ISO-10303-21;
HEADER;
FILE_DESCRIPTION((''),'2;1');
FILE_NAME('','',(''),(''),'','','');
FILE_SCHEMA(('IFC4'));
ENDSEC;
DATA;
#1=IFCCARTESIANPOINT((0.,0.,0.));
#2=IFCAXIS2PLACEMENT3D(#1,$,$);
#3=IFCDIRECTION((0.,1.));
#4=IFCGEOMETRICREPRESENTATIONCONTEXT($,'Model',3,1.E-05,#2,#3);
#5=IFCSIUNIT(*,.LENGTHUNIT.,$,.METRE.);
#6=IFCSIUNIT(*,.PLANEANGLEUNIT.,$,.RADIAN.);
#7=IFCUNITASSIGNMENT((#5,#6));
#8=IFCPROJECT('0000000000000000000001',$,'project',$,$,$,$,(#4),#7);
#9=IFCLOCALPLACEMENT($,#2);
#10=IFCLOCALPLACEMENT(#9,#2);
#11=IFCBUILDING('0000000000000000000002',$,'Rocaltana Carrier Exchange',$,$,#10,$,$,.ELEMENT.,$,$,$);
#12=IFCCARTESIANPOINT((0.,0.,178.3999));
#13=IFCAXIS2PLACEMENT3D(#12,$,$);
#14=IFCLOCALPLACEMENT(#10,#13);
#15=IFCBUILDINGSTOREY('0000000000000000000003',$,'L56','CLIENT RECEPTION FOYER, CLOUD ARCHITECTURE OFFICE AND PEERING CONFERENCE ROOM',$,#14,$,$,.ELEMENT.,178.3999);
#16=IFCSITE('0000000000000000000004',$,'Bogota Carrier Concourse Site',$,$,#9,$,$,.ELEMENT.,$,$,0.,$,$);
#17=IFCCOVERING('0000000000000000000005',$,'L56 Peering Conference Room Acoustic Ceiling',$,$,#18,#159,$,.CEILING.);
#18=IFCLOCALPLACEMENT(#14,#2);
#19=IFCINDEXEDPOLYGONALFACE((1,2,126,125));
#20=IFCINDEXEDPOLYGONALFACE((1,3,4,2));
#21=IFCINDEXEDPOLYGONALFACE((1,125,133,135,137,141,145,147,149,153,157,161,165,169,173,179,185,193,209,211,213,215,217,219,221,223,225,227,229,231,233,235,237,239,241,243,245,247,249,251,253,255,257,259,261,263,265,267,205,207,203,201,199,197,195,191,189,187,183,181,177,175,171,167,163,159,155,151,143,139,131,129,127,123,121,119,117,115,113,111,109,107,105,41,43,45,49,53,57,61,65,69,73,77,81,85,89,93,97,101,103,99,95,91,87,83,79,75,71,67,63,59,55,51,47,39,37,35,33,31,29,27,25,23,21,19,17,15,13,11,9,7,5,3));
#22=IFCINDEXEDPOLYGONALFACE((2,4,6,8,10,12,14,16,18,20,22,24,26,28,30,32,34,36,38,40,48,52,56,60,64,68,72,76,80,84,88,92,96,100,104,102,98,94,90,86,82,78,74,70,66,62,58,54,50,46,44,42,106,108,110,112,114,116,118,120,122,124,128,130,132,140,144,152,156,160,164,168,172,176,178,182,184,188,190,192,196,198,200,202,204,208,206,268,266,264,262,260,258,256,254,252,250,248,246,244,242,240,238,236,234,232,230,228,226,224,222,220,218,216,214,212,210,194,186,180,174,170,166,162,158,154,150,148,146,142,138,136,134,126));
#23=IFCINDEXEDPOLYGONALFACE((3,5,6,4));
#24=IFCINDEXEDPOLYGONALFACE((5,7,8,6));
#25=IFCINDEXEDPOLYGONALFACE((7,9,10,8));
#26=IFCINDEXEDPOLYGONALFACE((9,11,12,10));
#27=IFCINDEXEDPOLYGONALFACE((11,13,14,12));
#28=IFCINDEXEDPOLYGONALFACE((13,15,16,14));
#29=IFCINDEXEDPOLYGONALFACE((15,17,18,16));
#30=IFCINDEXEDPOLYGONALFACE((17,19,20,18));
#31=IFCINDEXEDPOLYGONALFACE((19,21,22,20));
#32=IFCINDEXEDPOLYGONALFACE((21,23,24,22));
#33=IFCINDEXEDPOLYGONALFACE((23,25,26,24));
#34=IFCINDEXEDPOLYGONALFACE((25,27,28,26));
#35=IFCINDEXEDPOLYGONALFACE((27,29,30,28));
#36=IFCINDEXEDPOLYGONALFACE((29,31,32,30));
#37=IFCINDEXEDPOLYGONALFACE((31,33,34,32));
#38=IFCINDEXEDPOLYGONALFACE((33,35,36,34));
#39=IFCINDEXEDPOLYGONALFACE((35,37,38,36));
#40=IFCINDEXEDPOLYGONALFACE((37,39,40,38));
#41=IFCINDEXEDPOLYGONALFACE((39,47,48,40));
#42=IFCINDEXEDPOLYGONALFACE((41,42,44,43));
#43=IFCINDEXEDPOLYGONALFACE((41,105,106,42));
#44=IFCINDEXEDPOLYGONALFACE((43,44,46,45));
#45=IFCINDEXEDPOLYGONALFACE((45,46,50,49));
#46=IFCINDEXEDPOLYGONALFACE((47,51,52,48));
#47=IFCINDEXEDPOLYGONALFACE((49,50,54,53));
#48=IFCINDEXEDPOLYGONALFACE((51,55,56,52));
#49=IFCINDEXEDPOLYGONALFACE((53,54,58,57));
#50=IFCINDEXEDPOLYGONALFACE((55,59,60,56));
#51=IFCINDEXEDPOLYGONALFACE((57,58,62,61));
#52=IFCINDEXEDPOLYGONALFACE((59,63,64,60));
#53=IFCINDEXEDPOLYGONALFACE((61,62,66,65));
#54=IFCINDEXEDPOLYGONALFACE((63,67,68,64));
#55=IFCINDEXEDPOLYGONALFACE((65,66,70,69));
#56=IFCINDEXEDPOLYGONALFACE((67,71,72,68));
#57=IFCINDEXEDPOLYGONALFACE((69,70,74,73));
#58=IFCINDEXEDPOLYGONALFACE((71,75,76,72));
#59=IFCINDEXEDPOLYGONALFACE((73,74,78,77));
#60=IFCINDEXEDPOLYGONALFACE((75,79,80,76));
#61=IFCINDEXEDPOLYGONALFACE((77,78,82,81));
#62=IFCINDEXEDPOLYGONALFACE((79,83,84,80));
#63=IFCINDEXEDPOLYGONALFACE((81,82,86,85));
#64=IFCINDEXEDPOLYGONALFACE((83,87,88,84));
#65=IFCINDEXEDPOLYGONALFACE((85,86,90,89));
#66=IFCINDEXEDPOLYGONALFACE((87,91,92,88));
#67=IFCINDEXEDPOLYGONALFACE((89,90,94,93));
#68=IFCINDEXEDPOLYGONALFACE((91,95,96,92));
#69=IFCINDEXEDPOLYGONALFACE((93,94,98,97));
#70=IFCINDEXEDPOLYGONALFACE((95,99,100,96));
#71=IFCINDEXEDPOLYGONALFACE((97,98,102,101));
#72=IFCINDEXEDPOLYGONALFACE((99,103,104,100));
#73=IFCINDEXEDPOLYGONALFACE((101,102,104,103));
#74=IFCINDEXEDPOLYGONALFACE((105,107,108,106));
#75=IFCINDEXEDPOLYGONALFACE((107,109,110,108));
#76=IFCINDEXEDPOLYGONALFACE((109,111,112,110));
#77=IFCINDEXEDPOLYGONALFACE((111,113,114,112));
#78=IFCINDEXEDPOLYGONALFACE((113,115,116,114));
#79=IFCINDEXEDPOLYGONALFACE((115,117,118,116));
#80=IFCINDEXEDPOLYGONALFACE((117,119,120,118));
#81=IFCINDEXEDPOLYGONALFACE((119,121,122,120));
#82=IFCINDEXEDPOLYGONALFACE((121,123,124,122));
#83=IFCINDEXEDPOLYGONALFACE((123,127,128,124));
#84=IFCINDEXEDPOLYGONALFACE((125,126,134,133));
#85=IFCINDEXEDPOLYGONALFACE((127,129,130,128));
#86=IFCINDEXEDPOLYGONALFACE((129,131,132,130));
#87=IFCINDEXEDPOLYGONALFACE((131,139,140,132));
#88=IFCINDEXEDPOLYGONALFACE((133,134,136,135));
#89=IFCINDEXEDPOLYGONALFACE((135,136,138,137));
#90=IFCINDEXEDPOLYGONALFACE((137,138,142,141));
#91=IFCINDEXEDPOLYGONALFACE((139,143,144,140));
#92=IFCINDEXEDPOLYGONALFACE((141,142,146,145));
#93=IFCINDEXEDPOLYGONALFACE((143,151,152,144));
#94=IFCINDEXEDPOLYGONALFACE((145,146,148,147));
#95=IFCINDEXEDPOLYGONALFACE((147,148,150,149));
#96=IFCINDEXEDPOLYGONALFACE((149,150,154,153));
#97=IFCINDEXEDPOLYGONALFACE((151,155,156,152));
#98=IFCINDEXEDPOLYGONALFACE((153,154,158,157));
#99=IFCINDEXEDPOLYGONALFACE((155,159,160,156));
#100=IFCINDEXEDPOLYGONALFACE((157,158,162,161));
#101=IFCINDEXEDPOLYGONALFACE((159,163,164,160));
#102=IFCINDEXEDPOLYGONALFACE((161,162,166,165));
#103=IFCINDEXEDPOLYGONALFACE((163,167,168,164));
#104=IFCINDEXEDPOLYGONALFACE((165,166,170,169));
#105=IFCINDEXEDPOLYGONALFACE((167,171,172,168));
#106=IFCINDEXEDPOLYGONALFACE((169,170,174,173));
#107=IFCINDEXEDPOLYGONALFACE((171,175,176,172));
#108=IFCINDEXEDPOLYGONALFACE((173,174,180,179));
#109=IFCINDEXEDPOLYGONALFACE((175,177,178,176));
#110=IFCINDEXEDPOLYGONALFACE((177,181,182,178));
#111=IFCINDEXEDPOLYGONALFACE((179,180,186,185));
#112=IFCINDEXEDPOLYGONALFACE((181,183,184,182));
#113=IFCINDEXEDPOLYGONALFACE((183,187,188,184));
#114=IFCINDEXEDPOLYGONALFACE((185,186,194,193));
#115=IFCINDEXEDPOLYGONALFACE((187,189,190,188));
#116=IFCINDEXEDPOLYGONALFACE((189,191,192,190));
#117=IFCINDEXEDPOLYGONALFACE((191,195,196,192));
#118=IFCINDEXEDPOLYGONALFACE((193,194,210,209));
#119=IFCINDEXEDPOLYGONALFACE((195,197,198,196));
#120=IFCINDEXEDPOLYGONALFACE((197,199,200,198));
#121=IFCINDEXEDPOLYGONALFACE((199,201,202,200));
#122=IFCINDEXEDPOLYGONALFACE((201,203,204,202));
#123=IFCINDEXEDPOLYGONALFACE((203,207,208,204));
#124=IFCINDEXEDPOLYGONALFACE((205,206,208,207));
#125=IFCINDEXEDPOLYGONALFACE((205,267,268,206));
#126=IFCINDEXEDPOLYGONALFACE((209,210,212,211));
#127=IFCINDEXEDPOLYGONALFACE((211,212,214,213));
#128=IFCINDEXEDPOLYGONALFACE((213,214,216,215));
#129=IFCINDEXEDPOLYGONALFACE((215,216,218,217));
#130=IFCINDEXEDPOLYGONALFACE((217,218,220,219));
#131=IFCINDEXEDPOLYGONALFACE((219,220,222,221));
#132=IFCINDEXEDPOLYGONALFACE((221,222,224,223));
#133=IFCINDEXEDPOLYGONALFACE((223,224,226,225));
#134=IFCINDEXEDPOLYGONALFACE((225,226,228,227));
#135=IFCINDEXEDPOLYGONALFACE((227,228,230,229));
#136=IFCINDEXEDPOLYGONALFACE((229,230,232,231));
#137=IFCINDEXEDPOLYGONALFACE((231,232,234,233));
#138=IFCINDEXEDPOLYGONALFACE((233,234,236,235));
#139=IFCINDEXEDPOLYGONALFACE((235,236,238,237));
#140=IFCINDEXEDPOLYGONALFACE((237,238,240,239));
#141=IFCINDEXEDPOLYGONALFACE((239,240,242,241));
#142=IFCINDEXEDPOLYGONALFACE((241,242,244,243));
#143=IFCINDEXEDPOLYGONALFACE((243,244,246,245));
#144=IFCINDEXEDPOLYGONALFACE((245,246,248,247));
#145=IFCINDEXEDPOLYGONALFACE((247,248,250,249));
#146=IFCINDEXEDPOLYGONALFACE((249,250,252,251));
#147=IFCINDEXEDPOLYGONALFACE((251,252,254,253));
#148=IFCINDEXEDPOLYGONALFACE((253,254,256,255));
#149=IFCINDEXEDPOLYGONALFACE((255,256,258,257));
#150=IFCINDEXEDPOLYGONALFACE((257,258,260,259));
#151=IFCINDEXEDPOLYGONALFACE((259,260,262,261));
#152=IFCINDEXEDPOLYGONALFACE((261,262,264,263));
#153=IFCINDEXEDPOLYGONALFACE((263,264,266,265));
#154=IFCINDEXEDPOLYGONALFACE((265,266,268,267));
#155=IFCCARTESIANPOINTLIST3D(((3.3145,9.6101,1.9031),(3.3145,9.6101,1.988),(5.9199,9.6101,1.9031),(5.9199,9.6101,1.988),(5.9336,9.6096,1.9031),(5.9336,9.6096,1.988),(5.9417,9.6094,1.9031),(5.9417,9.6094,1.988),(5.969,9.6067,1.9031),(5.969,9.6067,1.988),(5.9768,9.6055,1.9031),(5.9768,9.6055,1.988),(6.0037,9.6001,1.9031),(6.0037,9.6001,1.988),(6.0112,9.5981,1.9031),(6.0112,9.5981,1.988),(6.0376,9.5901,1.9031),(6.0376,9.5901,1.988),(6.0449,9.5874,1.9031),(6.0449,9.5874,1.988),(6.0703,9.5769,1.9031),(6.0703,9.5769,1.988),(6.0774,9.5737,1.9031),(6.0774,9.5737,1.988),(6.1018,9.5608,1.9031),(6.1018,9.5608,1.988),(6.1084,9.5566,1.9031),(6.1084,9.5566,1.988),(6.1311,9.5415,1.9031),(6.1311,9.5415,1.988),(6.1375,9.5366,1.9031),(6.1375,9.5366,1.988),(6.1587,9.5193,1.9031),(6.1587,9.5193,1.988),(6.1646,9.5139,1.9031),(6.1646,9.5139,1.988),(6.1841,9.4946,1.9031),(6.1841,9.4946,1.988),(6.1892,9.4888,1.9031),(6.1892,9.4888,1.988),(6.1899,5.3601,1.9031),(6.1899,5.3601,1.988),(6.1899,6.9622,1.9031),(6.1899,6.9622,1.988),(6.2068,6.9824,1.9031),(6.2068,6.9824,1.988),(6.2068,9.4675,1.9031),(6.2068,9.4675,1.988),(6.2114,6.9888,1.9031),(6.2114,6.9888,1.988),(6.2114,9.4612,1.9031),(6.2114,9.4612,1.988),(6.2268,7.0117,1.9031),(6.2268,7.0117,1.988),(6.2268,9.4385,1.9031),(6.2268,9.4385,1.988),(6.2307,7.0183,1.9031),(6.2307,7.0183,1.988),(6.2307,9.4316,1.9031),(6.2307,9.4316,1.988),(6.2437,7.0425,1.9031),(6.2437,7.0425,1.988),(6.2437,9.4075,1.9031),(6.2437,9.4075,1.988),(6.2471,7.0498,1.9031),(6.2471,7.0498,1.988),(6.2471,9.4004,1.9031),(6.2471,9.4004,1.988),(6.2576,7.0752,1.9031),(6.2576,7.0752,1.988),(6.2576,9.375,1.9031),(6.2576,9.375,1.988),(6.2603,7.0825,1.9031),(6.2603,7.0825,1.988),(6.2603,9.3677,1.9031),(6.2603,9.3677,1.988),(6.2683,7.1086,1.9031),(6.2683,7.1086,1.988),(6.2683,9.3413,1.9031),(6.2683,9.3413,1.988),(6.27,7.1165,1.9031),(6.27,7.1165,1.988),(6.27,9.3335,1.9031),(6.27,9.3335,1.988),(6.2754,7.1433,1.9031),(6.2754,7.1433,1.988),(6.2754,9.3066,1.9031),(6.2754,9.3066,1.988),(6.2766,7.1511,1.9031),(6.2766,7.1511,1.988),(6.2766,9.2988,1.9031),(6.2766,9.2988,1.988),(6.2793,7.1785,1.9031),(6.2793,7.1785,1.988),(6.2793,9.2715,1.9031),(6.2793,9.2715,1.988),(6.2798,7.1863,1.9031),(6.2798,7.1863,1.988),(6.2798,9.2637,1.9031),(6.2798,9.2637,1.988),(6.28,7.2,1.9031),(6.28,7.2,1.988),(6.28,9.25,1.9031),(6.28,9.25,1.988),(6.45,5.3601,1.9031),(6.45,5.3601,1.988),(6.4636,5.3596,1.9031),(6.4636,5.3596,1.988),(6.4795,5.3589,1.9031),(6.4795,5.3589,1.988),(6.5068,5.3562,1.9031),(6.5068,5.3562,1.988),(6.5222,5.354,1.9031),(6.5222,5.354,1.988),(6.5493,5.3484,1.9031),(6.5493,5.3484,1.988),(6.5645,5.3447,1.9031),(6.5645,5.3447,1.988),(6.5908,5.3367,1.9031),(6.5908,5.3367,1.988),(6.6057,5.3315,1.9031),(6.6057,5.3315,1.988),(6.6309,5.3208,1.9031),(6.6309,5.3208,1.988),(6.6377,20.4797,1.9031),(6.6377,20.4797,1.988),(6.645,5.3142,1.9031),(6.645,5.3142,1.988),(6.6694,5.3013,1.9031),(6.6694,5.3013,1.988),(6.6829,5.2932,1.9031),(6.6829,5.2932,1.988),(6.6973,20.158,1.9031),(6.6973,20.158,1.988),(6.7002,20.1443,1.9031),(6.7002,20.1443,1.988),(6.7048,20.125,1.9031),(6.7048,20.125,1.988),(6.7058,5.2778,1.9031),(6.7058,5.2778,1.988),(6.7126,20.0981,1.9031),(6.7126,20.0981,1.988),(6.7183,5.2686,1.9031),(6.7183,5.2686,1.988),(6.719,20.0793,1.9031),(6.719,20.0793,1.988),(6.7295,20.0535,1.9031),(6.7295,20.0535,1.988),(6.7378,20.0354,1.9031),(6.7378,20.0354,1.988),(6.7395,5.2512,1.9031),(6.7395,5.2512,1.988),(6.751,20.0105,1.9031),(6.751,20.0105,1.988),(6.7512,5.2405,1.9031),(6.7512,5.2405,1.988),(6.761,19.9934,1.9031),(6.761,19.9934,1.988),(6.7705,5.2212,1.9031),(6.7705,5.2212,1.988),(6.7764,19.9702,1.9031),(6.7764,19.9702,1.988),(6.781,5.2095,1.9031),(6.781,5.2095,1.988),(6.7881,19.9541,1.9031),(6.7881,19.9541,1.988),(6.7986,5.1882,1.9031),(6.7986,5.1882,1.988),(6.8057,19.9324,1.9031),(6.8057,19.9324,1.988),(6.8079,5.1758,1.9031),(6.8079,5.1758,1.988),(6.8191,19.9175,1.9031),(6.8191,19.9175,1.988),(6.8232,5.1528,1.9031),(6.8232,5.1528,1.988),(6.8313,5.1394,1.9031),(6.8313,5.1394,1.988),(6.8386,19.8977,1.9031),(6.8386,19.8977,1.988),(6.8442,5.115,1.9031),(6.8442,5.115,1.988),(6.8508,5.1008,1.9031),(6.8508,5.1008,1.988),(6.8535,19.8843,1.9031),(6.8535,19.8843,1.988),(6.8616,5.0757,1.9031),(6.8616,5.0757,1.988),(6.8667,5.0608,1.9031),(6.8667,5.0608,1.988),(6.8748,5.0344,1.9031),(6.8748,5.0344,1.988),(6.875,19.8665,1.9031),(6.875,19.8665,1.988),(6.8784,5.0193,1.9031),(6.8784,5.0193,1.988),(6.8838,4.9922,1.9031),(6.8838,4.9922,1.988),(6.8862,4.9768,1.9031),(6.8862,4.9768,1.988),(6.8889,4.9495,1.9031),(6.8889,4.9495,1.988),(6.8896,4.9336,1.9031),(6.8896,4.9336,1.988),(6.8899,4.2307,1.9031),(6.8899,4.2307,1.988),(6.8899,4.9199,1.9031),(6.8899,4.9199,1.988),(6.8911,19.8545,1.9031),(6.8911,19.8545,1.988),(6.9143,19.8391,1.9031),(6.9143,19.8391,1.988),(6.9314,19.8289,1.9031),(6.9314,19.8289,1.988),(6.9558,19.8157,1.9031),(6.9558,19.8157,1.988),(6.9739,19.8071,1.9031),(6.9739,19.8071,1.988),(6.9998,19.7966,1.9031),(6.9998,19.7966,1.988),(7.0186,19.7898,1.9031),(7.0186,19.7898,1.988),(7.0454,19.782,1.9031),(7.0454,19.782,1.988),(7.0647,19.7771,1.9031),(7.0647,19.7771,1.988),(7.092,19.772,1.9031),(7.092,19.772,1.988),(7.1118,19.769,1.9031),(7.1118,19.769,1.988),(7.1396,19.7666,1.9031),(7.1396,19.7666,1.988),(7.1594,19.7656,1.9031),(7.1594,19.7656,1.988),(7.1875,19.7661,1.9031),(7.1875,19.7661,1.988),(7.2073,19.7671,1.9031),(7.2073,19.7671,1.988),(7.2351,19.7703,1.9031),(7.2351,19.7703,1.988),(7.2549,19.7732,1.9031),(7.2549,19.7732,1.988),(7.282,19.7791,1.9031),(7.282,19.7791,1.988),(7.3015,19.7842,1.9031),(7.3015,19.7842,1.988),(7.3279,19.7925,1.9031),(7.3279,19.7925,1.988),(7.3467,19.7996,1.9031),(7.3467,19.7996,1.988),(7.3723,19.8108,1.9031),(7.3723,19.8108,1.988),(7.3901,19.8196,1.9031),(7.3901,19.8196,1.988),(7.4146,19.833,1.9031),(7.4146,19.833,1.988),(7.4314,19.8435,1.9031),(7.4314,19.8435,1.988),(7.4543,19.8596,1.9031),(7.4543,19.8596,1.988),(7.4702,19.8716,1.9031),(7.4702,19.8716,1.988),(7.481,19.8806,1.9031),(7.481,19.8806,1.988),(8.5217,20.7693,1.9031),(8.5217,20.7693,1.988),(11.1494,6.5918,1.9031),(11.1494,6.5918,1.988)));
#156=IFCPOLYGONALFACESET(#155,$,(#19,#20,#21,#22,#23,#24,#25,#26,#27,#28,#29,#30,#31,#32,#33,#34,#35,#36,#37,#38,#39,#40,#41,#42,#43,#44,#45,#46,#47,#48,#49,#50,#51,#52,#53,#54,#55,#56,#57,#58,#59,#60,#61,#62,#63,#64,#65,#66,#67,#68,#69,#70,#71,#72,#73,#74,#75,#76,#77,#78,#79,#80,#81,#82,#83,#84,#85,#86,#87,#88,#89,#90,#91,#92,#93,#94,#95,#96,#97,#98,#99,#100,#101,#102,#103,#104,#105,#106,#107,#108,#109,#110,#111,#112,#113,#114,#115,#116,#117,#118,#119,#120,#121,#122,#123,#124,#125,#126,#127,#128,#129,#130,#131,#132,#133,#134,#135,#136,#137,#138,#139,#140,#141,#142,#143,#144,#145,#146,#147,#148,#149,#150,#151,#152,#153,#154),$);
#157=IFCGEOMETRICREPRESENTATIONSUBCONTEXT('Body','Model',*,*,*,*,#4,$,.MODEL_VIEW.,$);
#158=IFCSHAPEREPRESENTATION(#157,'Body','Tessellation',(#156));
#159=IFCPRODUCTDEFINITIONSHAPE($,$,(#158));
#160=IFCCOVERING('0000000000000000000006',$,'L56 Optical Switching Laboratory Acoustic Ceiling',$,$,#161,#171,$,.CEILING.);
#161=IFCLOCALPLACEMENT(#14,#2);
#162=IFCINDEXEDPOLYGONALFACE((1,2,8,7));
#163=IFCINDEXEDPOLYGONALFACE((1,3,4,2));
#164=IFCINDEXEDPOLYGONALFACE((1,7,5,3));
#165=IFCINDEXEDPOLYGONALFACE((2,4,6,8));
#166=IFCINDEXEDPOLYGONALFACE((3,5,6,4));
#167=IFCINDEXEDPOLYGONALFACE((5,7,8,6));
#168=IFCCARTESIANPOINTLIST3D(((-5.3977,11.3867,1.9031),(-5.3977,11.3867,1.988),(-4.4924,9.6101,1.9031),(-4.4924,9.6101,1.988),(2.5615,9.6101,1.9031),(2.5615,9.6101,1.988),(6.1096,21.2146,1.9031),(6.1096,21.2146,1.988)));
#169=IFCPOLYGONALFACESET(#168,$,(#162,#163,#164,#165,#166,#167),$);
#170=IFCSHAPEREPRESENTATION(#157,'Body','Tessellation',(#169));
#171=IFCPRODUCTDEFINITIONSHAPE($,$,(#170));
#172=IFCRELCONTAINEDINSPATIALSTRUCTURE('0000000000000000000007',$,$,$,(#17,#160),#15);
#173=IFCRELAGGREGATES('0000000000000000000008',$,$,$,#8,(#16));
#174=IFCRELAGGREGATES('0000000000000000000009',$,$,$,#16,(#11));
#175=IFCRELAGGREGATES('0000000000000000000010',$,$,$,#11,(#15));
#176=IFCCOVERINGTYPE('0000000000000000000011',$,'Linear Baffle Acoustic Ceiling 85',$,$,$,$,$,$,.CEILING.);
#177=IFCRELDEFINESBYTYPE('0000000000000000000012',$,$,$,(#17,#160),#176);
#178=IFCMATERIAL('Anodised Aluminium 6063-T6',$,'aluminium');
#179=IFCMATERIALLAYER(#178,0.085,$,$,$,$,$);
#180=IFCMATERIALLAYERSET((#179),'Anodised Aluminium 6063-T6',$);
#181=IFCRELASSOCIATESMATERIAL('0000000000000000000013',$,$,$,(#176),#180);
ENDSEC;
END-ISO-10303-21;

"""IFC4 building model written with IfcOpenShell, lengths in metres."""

from ifc_helpers import new_model, si_unit, direction, frame, origin, place, context, subcontext, project, spatial, polyline, outline, extrude, material, layer, layer_set, type_object, element, save


model = new_model("IFC4")

# Units and contexts
model_context = context("Model", 3, precision=1e-05, world=origin(), true_north=direction((0.0, 1.0)))
body_context = subcontext(model_context, "Body", "Model", "MODEL_VIEW")
ifc_project = project(units=[si_unit("LENGTHUNIT", "METRE"), si_unit("PLANEANGLEUNIT", "RADIAN")], contexts=[model_context])

# Site, building, storey
site_placement = place(None, origin())
site = spatial("IfcSite", under=ifc_project, at=site_placement, Name="Bogota Carrier Concourse Site", CompositionType="ELEMENT", RefElevation=0.0)
building_placement = place(site_placement, origin())
building = spatial("IfcBuilding", under=site, at=building_placement, Name="Rocaltana Carrier Exchange", CompositionType="ELEMENT")
storey_placement = place(building_placement, frame((0.0, 0.0, 178.3999)))
storey = spatial("IfcBuildingStorey", under=building, at=storey_placement, Name="L56", Description="CLIENT RECEPTION FOYER, CLOUD ARCHITECTURE OFFICE AND PEERING CONFERENCE ROOM", CompositionType="ELEMENT", Elevation=178.3999)

# Coverings
ifc_material_1 = material(Name="Anodised Aluminium 6063-T6", Category="aluminium")
ifc_layer_1 = layer(ifc_material_1, 0.085)
ifc_layer_set_1 = layer_set([ifc_layer_1], Name="Anodised Aluminium 6063-T6")
covering_type_1 = type_object("IfcCoveringType", Name="Linear Baffle Acoustic Ceiling 85", PredefinedType="CEILING", material=ifc_layer_set_1)
covering_1_placement = place(storey_placement, frame((0.0, 0.0, 1.9031)))
element("IfcCovering", 1, at=covering_1_placement, inside=storey, type_object=covering_type_1, Name="L56 Peering Conference Room Acoustic Ceiling", PredefinedType="CEILING", context=body_context, shape_type="SweptSolid", body=[
    extrude(outline(polyline([(6.1899, 6.9622), (6.2068, 6.9824), (6.2114, 6.9888), (6.2268, 7.0117), (6.2307, 7.0183), (6.2437, 7.0425), (6.2471, 7.0498), (6.2576, 7.0752), (6.2603, 7.0825), (6.2683, 7.1086), (6.27, 7.1165), (6.2754, 7.1433), (6.2766, 7.1511), (6.2793, 7.1785), (6.2798, 7.1863), (6.28, 7.2), (6.28, 9.25), (6.2798, 9.2637), (6.2793, 9.2715), (6.2766, 9.2988), (6.2754, 9.3066), (6.27, 9.3335), (6.2683, 9.3413), (6.2603, 9.3677), (6.2576, 9.375), (6.2471, 9.4004), (6.2437, 9.4075), (6.2307, 9.4316), (6.2268, 9.4385), (6.2114, 9.4612), (6.2068, 9.4675), (6.1892, 9.4888), (6.1841, 9.4946), (6.1646, 9.5139), (6.1587, 9.5193), (6.1375, 9.5366), (6.1311, 9.5415), (6.1084, 9.5566), (6.1018, 9.5608), (6.0774, 9.5737), (6.0703, 9.5769), (6.0449, 9.5874), (6.0376, 9.5901), (6.0112, 9.5981), (6.0037, 9.6001), (5.9768, 9.6055), (5.969, 9.6067), (5.9417, 9.6094), (5.9336, 9.6096), (5.9199, 9.6101), (3.3145, 9.6101), (6.6377, 20.4797), (6.6973, 20.158), (6.7002, 20.1443), (6.7048, 20.125), (6.7126, 20.0981), (6.719, 20.0793), (6.7295, 20.0535), (6.7378, 20.0354), (6.751, 20.0105), (6.761, 19.9934), (6.7764, 19.9702), (6.7881, 19.9541), (6.8057, 19.9324), (6.8191, 19.9175), (6.8386, 19.8977), (6.8535, 19.8843), (6.875, 19.8665), (6.8911, 19.8545), (6.9143, 19.8391), (6.9314, 19.8289), (6.9558, 19.8157), (6.9739, 19.8071), (6.9998, 19.7966), (7.0186, 19.7898), (7.0454, 19.782), (7.0647, 19.7771), (7.092, 19.772), (7.1118, 19.769), (7.1396, 19.7666), (7.1594, 19.7656), (7.1875, 19.7661), (7.2073, 19.7671), (7.2351, 19.7703), (7.2549, 19.7732), (7.282, 19.7791), (7.3015, 19.7842), (7.3279, 19.7925), (7.3467, 19.7996), (7.3723, 19.8108), (7.3901, 19.8196), (7.4146, 19.833), (7.4314, 19.8435), (7.4543, 19.8596), (7.4702, 19.8716), (7.481, 19.8806), (8.5217, 20.7693), (11.1494, 6.5918), (6.8899, 4.2307), (6.8899, 4.9199), (6.8896, 4.9336), (6.8889, 4.9495), (6.8862, 4.9768), (6.8838, 4.9922), (6.8784, 5.0193), (6.8748, 5.0344), (6.8667, 5.0608), (6.8616, 5.0757), (6.8508, 5.1008), (6.8442, 5.115), (6.8313, 5.1394), (6.8232, 5.1528), (6.8079, 5.1758), (6.7986, 5.1882), (6.781, 5.2095), (6.7705, 5.2212), (6.7512, 5.2405), (6.7395, 5.2512), (6.7183, 5.2686), (6.7058, 5.2778), (6.6829, 5.2932), (6.6694, 5.3013), (6.645, 5.3142), (6.6309, 5.3208), (6.6057, 5.3315), (6.5908, 5.3367), (6.5645, 5.3447), (6.5493, 5.3484), (6.5222, 5.354), (6.5068, 5.3562), (6.4795, 5.3589), (6.4636, 5.3596), (6.45, 5.3601), (6.1899, 5.3601), (6.1899, 6.9622)])), origin(), (0.0, 0.0, 1.0), 0.085),
])
covering_2_placement = place(storey_placement, frame((0.0, 0.0, 1.9031)))
element("IfcCovering", 2, at=covering_2_placement, inside=storey, type_object=covering_type_1, Name="L56 Optical Switching Laboratory Acoustic Ceiling", PredefinedType="CEILING", context=body_context, shape_type="SweptSolid", body=[
    extrude(outline(polyline([(6.1096, 21.2146), (2.5615, 9.6101), (-4.4924, 9.6101), (-5.3977, 11.3867), (6.1096, 21.2146)])), origin(), (0.0, 0.0, 1.0), 0.085),
])

save(model, "model.ifc")
